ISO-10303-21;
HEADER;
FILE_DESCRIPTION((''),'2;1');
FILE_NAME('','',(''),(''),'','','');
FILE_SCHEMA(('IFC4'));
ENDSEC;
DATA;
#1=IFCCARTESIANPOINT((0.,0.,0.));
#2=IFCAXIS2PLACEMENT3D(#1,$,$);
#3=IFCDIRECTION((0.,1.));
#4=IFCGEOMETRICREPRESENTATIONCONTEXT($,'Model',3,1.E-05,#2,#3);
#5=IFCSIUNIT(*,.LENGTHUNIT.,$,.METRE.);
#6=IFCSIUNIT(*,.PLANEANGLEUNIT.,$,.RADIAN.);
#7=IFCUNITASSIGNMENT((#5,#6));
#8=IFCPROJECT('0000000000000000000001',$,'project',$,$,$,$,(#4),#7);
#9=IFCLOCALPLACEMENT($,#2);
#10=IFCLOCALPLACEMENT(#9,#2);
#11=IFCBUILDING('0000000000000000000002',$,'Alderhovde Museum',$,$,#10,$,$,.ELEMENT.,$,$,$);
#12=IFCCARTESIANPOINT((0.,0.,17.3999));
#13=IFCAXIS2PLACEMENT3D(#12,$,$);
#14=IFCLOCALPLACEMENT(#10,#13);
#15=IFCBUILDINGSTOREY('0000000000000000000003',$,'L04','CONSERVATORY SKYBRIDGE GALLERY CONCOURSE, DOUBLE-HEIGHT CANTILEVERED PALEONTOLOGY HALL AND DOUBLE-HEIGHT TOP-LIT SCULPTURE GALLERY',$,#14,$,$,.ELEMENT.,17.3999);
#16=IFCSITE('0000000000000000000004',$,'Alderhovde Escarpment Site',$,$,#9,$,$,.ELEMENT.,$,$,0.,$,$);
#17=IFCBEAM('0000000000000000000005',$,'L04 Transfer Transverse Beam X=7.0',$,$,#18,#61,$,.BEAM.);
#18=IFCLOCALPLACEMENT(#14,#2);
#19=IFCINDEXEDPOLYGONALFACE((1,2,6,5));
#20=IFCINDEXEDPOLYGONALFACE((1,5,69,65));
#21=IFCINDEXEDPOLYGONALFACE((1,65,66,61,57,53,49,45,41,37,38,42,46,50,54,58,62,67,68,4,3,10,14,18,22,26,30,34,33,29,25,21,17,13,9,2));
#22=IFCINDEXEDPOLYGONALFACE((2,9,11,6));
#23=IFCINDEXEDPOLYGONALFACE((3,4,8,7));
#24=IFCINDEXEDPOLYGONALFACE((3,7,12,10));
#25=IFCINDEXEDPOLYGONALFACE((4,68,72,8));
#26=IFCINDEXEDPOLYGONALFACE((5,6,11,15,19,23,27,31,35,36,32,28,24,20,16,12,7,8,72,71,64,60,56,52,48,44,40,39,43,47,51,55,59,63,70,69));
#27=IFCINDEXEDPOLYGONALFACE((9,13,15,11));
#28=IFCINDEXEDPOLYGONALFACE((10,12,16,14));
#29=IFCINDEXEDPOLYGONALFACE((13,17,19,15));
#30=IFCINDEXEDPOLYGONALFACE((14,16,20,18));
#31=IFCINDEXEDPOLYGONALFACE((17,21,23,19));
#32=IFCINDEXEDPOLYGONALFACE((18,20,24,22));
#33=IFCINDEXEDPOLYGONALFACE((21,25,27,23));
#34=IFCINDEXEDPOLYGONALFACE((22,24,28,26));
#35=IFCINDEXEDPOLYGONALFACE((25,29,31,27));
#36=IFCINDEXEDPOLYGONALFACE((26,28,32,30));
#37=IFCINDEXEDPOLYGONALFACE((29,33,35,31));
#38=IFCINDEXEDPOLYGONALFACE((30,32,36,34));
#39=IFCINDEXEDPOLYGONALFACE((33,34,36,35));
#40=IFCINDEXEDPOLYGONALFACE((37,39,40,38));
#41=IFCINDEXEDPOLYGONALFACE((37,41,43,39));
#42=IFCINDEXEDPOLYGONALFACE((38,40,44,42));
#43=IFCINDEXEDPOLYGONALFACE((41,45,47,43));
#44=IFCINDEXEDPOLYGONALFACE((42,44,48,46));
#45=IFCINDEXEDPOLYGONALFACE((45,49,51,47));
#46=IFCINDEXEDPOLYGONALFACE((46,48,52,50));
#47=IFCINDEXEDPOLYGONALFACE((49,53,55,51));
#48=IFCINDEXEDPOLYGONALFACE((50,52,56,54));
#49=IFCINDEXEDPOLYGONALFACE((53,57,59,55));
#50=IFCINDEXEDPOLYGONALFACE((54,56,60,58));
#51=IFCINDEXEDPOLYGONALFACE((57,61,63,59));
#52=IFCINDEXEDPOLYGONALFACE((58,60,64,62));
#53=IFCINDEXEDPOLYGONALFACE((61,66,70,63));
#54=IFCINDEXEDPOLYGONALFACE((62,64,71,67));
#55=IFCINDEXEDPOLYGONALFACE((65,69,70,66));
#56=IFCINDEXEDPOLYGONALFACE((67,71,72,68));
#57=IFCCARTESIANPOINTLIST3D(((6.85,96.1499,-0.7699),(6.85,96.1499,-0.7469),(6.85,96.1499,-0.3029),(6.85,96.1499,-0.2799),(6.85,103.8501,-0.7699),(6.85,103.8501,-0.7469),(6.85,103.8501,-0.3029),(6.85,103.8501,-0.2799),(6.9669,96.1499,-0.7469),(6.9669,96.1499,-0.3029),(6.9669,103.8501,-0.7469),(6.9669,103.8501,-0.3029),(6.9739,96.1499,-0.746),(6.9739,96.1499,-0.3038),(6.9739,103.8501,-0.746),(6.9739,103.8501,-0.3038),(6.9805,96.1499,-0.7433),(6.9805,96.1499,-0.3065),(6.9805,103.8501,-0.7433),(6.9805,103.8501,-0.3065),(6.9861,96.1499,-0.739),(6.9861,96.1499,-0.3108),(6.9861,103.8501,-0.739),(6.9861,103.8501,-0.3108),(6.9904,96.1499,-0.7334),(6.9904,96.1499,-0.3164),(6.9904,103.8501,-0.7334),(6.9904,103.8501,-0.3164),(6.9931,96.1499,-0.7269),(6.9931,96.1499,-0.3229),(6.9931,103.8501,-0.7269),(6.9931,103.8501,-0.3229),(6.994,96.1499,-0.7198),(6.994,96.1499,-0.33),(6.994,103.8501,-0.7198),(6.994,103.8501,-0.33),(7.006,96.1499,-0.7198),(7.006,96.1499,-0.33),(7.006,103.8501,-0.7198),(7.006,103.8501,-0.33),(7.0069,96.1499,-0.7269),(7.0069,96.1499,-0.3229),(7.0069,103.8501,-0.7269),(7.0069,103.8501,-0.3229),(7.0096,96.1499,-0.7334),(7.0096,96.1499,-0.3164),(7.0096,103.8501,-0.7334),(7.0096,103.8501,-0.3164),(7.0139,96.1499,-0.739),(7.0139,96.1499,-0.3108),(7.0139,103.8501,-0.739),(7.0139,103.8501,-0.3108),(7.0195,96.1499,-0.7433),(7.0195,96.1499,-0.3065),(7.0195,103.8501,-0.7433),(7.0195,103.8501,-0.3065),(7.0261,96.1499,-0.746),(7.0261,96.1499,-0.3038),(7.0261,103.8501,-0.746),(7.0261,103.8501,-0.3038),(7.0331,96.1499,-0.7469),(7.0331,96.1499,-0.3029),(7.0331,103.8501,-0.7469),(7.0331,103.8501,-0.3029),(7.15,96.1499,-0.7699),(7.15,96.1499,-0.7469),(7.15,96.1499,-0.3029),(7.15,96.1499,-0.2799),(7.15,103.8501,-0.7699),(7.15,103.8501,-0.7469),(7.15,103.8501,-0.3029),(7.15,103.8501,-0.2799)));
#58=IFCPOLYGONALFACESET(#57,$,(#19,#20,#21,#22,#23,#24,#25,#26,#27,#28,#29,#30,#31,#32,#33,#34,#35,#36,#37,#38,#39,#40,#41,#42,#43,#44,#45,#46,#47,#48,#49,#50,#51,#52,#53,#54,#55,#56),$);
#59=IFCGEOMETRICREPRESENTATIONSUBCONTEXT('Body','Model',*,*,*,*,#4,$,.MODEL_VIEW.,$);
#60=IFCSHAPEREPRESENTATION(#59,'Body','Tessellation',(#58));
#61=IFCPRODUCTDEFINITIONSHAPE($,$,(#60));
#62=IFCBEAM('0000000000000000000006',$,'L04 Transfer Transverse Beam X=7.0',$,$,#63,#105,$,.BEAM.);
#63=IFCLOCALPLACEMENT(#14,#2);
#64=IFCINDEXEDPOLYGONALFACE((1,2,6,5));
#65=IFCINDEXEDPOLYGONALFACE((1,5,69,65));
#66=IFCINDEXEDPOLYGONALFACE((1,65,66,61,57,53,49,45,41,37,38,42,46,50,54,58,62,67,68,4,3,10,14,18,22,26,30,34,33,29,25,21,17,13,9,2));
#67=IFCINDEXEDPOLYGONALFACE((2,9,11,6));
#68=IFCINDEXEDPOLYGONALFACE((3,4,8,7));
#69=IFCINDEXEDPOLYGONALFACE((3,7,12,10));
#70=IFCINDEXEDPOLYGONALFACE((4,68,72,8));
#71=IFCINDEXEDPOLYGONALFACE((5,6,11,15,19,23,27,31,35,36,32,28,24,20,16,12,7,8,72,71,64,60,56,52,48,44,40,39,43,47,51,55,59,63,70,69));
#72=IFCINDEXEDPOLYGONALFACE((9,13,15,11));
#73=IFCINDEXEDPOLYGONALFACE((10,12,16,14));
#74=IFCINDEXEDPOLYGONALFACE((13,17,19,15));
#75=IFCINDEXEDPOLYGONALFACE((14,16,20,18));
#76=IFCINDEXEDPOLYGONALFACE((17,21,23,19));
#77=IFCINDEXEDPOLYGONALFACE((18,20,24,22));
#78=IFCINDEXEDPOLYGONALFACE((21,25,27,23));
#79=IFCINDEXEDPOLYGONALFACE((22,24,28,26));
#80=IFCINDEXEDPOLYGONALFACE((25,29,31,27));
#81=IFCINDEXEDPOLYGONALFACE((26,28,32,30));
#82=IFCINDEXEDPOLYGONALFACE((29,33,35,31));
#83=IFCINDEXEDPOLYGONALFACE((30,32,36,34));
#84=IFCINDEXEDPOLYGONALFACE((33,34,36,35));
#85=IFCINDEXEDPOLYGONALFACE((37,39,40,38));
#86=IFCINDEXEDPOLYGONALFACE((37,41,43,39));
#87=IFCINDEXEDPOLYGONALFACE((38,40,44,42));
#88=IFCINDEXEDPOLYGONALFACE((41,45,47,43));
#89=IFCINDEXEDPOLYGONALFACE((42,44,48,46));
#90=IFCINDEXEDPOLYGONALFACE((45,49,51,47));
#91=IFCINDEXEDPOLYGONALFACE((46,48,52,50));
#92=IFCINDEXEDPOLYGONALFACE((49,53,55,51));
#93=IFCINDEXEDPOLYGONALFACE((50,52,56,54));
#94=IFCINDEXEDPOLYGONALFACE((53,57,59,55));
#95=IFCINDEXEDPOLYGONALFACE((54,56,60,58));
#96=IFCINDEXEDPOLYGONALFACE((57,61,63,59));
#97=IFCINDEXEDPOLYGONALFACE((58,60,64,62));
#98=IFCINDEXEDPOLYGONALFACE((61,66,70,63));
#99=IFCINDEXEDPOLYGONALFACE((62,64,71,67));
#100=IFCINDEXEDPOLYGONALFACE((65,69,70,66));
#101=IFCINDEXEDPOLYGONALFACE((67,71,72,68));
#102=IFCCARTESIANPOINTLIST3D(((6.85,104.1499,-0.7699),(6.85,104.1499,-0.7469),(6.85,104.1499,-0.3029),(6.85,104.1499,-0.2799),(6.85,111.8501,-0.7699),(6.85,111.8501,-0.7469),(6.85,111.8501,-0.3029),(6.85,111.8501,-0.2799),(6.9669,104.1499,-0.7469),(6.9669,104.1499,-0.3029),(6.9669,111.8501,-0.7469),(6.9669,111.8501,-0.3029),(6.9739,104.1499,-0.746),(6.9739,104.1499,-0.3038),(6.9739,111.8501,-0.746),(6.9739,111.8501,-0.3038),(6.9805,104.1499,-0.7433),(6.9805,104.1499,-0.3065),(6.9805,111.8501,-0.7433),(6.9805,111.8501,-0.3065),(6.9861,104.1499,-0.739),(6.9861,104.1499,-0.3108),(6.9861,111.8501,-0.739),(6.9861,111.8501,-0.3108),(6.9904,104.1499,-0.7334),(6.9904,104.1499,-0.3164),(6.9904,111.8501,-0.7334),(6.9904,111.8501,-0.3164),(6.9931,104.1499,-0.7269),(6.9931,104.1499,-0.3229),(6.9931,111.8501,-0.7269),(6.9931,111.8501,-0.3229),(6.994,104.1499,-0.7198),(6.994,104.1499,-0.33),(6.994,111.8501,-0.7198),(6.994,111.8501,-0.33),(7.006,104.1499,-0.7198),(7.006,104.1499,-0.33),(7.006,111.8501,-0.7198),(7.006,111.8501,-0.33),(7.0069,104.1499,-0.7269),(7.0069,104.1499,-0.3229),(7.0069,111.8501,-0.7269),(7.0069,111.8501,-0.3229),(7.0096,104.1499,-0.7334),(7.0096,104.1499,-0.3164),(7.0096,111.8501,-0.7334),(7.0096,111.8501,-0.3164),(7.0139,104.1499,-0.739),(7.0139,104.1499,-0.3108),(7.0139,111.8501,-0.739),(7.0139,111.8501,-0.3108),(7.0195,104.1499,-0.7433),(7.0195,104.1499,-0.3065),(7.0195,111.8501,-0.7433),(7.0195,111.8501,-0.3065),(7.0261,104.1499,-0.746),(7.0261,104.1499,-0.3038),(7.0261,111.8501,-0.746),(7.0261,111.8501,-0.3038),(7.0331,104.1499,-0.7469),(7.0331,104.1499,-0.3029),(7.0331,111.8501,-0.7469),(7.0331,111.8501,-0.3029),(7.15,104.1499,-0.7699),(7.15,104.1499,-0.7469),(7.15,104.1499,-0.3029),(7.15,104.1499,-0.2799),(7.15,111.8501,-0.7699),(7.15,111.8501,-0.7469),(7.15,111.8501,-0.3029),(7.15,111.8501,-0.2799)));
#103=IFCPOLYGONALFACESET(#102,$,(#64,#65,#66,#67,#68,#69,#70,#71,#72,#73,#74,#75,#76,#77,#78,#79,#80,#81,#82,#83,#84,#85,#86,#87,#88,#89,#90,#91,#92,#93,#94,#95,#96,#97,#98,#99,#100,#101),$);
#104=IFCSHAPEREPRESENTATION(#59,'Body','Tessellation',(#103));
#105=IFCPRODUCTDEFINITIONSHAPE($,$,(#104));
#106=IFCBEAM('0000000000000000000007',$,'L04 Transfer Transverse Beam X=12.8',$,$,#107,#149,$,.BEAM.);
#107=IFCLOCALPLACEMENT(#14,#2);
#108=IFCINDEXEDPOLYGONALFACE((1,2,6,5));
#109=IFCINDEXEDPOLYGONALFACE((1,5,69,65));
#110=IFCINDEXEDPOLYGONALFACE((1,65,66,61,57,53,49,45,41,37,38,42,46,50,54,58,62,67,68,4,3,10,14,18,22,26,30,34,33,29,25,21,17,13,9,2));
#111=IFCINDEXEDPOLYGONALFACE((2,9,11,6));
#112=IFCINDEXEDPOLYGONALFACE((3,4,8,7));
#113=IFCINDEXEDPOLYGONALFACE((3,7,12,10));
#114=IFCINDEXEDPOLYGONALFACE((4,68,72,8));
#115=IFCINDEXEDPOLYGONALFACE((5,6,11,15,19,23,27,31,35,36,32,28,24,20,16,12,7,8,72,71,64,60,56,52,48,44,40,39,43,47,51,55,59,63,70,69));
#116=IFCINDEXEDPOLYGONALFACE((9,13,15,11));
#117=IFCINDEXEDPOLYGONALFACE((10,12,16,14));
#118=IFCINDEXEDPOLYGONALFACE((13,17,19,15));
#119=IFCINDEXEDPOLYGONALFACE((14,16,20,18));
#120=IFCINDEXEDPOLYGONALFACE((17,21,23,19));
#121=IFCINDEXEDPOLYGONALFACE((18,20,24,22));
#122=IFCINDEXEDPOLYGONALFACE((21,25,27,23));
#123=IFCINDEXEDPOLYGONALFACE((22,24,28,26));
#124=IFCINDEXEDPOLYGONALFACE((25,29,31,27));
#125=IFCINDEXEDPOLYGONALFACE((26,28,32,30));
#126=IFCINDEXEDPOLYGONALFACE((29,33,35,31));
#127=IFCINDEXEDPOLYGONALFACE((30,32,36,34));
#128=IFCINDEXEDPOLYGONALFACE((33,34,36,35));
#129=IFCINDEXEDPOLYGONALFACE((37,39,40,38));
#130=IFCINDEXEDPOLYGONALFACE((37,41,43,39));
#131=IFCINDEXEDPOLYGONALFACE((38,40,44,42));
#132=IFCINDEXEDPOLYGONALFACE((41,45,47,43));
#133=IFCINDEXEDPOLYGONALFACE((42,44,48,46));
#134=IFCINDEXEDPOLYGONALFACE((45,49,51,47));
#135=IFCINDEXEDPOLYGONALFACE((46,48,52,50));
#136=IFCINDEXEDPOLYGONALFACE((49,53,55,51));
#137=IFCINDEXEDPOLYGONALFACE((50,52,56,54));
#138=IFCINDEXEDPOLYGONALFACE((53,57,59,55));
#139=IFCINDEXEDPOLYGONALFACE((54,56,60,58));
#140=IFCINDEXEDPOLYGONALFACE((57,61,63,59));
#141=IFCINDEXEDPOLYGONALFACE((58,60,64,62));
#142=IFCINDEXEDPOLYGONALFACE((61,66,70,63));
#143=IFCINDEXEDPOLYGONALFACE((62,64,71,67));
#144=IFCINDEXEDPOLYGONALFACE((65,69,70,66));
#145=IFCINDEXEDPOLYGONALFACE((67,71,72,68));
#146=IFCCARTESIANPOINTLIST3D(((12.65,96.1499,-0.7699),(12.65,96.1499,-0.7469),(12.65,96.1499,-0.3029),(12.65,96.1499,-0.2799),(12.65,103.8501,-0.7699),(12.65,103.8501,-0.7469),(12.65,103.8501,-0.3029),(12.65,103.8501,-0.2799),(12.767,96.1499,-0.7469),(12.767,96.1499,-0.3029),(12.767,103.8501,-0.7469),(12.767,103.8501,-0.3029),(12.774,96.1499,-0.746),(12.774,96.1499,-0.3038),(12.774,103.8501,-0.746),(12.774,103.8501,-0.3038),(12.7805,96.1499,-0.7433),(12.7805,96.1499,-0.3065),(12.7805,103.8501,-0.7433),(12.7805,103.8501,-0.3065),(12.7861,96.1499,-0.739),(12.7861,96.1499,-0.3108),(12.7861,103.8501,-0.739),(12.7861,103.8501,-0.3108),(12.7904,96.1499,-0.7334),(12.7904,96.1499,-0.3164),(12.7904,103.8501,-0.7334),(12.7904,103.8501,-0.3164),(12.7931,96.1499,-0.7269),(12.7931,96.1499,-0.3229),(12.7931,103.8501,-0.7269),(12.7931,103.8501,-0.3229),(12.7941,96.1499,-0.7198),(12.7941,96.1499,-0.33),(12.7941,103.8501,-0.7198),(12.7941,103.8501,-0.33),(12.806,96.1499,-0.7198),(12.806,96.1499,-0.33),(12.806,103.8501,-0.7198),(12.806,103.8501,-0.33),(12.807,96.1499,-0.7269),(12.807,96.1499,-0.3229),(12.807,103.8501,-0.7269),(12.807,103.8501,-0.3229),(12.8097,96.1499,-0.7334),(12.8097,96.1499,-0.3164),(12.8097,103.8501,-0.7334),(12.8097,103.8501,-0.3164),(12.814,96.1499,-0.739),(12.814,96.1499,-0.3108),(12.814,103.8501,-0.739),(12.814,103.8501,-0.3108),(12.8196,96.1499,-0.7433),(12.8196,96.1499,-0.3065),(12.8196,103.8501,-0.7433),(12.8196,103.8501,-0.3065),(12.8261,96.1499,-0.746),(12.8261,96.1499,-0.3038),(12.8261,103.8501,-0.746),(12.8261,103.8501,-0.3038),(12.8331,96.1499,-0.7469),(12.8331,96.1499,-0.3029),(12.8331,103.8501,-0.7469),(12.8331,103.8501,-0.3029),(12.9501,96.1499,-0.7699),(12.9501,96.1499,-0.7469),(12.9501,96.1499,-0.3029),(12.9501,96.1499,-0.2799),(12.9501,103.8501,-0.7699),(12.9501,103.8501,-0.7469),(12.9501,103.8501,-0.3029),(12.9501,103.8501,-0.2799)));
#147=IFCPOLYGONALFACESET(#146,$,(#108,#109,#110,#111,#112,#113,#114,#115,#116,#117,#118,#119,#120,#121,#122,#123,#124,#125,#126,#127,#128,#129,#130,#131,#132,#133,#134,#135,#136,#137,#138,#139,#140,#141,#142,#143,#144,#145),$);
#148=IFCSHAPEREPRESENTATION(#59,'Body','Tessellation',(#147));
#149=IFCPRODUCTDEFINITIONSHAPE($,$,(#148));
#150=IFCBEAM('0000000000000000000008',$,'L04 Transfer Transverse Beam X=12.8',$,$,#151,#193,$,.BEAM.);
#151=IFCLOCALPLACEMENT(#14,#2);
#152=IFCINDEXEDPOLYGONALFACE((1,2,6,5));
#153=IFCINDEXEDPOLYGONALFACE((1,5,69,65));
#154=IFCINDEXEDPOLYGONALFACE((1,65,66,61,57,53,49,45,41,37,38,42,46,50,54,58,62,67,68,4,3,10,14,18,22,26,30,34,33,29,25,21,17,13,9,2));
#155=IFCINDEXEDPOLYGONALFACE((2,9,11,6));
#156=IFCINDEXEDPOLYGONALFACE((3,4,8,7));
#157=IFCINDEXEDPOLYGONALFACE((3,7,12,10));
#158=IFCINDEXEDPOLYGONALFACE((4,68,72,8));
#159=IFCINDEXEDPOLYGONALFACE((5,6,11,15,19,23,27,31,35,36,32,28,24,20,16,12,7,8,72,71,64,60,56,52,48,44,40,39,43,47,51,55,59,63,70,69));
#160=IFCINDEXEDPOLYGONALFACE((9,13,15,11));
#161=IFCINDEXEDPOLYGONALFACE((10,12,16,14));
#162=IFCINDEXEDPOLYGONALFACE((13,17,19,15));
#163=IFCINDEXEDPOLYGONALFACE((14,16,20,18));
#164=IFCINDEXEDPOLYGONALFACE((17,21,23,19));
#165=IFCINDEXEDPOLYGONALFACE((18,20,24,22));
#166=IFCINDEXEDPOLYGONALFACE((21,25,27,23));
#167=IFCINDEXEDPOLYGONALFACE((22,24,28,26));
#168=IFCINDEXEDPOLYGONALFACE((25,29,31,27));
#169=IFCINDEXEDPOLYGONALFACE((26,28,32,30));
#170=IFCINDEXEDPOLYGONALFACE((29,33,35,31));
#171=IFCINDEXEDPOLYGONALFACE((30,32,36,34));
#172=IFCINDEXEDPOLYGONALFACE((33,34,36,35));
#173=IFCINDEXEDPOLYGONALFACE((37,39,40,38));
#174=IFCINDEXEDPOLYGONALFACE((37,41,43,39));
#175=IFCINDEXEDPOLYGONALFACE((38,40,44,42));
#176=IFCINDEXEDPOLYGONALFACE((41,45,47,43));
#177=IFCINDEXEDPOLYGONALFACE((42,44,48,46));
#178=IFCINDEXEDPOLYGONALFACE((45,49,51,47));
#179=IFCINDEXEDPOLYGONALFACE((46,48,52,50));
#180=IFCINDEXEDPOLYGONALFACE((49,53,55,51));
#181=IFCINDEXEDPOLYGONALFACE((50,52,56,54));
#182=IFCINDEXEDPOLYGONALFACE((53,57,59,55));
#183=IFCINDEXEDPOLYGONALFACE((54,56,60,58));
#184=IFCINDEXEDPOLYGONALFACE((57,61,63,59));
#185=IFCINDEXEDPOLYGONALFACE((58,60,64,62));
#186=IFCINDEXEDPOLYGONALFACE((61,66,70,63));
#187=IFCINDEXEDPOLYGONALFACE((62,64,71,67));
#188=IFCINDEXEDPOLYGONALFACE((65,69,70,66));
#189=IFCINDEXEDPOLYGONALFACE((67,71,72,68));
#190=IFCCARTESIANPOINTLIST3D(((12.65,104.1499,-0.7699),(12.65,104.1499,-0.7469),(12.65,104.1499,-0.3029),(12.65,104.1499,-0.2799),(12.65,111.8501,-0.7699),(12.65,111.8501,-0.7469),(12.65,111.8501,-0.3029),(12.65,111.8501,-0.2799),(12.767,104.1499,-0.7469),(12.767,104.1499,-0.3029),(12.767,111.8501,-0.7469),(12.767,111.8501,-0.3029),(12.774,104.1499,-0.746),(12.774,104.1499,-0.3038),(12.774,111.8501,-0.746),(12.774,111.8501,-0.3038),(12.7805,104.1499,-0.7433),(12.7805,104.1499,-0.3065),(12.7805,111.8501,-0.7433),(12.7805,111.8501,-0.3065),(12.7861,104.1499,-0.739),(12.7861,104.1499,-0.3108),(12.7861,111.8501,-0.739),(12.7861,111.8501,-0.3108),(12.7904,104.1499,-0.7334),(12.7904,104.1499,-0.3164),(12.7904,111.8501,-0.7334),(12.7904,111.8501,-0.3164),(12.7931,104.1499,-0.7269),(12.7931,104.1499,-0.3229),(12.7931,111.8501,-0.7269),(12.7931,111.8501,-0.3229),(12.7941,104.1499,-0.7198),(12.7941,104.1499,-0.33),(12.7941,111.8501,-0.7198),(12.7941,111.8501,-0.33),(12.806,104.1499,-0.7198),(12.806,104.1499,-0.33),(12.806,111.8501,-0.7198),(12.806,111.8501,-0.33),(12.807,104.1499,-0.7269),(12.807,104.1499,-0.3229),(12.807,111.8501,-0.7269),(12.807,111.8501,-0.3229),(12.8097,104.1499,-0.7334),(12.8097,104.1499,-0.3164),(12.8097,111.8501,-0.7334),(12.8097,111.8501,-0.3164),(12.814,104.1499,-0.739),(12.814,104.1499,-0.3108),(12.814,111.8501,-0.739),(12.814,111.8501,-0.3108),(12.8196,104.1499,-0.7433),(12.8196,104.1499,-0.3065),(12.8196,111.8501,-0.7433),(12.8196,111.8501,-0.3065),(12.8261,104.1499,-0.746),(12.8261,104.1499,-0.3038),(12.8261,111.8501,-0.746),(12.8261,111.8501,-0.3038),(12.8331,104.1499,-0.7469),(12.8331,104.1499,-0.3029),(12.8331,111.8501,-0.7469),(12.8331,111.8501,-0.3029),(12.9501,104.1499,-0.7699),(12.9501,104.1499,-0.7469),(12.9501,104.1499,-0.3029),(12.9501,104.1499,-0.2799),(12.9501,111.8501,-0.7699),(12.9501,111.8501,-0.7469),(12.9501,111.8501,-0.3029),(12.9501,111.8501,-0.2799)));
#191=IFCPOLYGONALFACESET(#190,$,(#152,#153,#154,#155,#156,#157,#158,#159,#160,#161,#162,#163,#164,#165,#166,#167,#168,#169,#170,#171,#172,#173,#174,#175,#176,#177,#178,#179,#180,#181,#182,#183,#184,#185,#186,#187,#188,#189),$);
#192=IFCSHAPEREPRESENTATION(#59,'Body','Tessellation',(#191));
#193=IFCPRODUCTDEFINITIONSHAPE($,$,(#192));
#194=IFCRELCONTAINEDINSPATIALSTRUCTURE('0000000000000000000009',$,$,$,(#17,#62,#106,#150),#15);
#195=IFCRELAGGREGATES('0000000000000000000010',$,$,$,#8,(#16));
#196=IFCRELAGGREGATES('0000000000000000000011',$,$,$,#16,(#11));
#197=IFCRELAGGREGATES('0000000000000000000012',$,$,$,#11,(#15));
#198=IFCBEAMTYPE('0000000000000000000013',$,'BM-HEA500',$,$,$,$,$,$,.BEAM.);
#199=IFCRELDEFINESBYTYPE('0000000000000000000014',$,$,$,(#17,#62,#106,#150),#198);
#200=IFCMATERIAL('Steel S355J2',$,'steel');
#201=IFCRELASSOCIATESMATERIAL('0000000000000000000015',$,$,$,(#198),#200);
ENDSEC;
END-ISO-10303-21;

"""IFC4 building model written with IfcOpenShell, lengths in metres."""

from ifc_helpers import new_model, si_unit, direction, frame, origin, origin_2d, place, context, subcontext, project, spatial, i_section, extrude, material, material_profile, profile_set, type_object, element, save


model = new_model("IFC4")

# Units and contexts
model_context = context("Model", 3, precision=1e-05, world=origin(), true_north=direction((0.0, 1.0)))
body_context = subcontext(model_context, "Body", "Model", "MODEL_VIEW")
ifc_project = project(units=[si_unit("LENGTHUNIT", "METRE"), si_unit("PLANEANGLEUNIT", "RADIAN")], contexts=[model_context])

# Site, building, storey
site_placement = place(None, origin())
site = spatial("IfcSite", under=ifc_project, at=site_placement, Name="Alderhovde Escarpment Site", CompositionType="ELEMENT", RefElevation=0.0)
building_placement = place(site_placement, origin())
building = spatial("IfcBuilding", under=site, at=building_placement, Name="Alderhovde Museum", CompositionType="ELEMENT")
storey_placement = place(building_placement, frame((0.0, 0.0, 17.3999)))
storey = spatial("IfcBuildingStorey", under=building, at=storey_placement, Name="L04", Description="CONSERVATORY SKYBRIDGE GALLERY CONCOURSE, DOUBLE-HEIGHT CANTILEVERED PALEONTOLOGY HALL AND DOUBLE-HEIGHT TOP-LIT SCULPTURE GALLERY", CompositionType="ELEMENT", Elevation=17.3999)

# Beams
ifc_material_1 = material(Name="Steel S355J2", Category="steel")
ifc_material_profile_1 = material_profile(ifc_material_1, i_section(OverallWidth=0.3, OverallDepth=0.49, WebThickness=0.012, FlangeThickness=0.0229, FilletRadius=0.0271, at=origin_2d()), Name="HEA 500")
ifc_profile_set_1 = profile_set([ifc_material_profile_1], Name="Steel S355J2")
beam_type_1 = type_object("IfcBeamType", Name="BM-HEA500", PredefinedType="BEAM", material=ifc_profile_set_1)
for number, where, z_axis, x_axis, name in (
    (1, (7.0, 96.1499, -0.5249), (0.0, 1.0, 0.0), (-1.0, 0.0, 0.0), "L04 Transfer Transverse Beam X=7.0"),
    (2, (7.0, 104.1499, -0.5249), (0.0, 1.0, 0.0), (-1.0, 0.0, 0.0), "L04 Transfer Transverse Beam X=7.0"),
    (3, (12.8, 96.1499, -0.5249), (0.0, 1.0, 0.0), (-1.0, 0.0, 0.0), "L04 Transfer Transverse Beam X=12.8"),
    (4, (12.8, 104.1499, -0.5249), (0.0, 1.0, 0.0), (-1.0, 0.0, 0.0), "L04 Transfer Transverse Beam X=12.8"),
):
    element("IfcBeam", number, at=place(storey_placement, frame(where, z_axis=z_axis, x_axis=x_axis)), inside=storey, type_object=beam_type_1, Name=name, PredefinedType="BEAM", context=body_context, shape_type="SweptSolid", body=[
        extrude(i_section(OverallWidth=0.3, OverallDepth=0.49, WebThickness=0.012, FlangeThickness=0.0229, FilletRadius=0.0271, at=origin_2d()), origin(), (0.0, 0.0, 1.0), 7.7002),
    ])

save(model, "model.ifc")
